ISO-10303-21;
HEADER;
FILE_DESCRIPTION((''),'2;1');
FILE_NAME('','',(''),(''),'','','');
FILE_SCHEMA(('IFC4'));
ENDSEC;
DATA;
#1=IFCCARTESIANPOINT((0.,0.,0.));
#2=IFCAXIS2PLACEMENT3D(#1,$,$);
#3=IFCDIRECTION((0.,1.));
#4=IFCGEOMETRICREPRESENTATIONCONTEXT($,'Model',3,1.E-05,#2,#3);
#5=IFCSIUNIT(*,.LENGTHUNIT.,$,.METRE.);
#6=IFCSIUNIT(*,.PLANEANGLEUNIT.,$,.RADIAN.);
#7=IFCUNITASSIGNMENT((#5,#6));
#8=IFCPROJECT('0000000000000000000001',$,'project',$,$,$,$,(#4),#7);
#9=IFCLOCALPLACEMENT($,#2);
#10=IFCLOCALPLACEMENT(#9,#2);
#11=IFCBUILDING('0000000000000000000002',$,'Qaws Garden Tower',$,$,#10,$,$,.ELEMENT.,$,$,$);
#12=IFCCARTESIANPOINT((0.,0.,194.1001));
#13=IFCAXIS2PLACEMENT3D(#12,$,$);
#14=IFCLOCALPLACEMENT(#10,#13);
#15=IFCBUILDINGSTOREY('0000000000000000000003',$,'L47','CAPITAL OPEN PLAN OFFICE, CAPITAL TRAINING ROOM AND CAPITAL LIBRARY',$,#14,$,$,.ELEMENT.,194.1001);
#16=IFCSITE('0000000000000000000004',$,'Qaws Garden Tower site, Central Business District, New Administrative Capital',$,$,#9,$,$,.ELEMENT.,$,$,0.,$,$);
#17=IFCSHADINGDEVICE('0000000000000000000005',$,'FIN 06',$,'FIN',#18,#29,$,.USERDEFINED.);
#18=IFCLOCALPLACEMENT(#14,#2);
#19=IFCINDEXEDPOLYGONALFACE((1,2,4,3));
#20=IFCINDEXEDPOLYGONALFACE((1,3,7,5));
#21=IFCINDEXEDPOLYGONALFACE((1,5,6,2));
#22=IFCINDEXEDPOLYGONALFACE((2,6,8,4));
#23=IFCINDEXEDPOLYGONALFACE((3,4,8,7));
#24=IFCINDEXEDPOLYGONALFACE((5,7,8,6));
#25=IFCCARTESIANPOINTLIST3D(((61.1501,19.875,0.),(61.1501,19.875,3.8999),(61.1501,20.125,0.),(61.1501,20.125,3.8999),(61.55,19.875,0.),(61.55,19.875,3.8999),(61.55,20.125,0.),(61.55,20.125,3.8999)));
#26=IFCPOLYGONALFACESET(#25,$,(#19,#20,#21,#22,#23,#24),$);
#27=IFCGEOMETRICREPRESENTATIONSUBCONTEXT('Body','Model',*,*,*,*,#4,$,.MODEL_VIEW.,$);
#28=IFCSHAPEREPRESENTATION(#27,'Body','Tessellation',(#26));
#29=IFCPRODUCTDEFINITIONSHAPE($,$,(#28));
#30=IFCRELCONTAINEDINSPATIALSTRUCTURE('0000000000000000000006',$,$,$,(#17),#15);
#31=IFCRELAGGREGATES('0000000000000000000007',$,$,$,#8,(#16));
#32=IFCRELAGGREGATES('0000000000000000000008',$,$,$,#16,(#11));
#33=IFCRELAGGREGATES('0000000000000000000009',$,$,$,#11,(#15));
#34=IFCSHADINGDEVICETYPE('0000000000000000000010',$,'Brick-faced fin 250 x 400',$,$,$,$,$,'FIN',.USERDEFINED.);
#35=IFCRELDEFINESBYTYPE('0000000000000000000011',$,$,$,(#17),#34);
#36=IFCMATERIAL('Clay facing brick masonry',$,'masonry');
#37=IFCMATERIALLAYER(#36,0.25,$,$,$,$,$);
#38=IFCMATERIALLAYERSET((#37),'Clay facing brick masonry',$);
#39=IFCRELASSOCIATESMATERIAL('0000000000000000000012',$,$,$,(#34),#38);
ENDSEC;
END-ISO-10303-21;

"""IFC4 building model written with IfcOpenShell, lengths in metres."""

from ifc_helpers import new_model, si_unit, direction, frame, origin, origin_2d, place, context, subcontext, project, spatial, rectangle, extrude, material, layer, layer_set, type_object, element, save


model = new_model("IFC4")

# Units and contexts
model_context = context("Model", 3, precision=1e-05, world=origin(), true_north=direction((0.0, 1.0)))
body_context = subcontext(model_context, "Body", "Model", "MODEL_VIEW")
ifc_project = project(units=[si_unit("LENGTHUNIT", "METRE"), si_unit("PLANEANGLEUNIT", "RADIAN")], contexts=[model_context])

# Site, building, storey
site_placement = place(None, origin())
site = spatial("IfcSite", under=ifc_project, at=site_placement, Name="Qaws Garden Tower site, Central Business District, New Administrative Capital", CompositionType="ELEMENT", RefElevation=0.0)
building_placement = place(site_placement, origin())
building = spatial("IfcBuilding", under=site, at=building_placement, Name="Qaws Garden Tower", CompositionType="ELEMENT")
storey_placement = place(building_placement, frame((0.0, 0.0, 194.1001)))
storey = spatial("IfcBuildingStorey", under=building, at=storey_placement, Name="L47", Description="CAPITAL OPEN PLAN OFFICE, CAPITAL TRAINING ROOM AND CAPITAL LIBRARY", CompositionType="ELEMENT", Elevation=194.1001)

# Shading device
ifc_material_1 = material(Name="Clay facing brick masonry", Category="masonry")
ifc_layer_1 = layer(ifc_material_1, 0.25)
ifc_layer_set_1 = layer_set([ifc_layer_1], Name="Clay facing brick masonry")
shading_device_type = type_object("IfcShadingDeviceType", Name="Brick-faced fin 250 x 400", ElementType="FIN", PredefinedType="USERDEFINED", material=ifc_layer_set_1)
shading_device_placement = place(storey_placement, frame((61.3501, 20.0, 0.0), z_axis=(0.0, 0.0, 1.0), x_axis=(0.0, 1.0, 0.0)))
element("IfcShadingDevice", 1, at=shading_device_placement, inside=storey, type_object=shading_device_type, Name="FIN 06", ObjectType="FIN", PredefinedType="USERDEFINED", context=body_context, shape_type="SweptSolid", body=[
    extrude(rectangle(XDim=0.25, YDim=0.3999, at=origin_2d()), origin(), (0.0, 0.0, 1.0), 3.8999),
])

save(model, "model.ifc")
